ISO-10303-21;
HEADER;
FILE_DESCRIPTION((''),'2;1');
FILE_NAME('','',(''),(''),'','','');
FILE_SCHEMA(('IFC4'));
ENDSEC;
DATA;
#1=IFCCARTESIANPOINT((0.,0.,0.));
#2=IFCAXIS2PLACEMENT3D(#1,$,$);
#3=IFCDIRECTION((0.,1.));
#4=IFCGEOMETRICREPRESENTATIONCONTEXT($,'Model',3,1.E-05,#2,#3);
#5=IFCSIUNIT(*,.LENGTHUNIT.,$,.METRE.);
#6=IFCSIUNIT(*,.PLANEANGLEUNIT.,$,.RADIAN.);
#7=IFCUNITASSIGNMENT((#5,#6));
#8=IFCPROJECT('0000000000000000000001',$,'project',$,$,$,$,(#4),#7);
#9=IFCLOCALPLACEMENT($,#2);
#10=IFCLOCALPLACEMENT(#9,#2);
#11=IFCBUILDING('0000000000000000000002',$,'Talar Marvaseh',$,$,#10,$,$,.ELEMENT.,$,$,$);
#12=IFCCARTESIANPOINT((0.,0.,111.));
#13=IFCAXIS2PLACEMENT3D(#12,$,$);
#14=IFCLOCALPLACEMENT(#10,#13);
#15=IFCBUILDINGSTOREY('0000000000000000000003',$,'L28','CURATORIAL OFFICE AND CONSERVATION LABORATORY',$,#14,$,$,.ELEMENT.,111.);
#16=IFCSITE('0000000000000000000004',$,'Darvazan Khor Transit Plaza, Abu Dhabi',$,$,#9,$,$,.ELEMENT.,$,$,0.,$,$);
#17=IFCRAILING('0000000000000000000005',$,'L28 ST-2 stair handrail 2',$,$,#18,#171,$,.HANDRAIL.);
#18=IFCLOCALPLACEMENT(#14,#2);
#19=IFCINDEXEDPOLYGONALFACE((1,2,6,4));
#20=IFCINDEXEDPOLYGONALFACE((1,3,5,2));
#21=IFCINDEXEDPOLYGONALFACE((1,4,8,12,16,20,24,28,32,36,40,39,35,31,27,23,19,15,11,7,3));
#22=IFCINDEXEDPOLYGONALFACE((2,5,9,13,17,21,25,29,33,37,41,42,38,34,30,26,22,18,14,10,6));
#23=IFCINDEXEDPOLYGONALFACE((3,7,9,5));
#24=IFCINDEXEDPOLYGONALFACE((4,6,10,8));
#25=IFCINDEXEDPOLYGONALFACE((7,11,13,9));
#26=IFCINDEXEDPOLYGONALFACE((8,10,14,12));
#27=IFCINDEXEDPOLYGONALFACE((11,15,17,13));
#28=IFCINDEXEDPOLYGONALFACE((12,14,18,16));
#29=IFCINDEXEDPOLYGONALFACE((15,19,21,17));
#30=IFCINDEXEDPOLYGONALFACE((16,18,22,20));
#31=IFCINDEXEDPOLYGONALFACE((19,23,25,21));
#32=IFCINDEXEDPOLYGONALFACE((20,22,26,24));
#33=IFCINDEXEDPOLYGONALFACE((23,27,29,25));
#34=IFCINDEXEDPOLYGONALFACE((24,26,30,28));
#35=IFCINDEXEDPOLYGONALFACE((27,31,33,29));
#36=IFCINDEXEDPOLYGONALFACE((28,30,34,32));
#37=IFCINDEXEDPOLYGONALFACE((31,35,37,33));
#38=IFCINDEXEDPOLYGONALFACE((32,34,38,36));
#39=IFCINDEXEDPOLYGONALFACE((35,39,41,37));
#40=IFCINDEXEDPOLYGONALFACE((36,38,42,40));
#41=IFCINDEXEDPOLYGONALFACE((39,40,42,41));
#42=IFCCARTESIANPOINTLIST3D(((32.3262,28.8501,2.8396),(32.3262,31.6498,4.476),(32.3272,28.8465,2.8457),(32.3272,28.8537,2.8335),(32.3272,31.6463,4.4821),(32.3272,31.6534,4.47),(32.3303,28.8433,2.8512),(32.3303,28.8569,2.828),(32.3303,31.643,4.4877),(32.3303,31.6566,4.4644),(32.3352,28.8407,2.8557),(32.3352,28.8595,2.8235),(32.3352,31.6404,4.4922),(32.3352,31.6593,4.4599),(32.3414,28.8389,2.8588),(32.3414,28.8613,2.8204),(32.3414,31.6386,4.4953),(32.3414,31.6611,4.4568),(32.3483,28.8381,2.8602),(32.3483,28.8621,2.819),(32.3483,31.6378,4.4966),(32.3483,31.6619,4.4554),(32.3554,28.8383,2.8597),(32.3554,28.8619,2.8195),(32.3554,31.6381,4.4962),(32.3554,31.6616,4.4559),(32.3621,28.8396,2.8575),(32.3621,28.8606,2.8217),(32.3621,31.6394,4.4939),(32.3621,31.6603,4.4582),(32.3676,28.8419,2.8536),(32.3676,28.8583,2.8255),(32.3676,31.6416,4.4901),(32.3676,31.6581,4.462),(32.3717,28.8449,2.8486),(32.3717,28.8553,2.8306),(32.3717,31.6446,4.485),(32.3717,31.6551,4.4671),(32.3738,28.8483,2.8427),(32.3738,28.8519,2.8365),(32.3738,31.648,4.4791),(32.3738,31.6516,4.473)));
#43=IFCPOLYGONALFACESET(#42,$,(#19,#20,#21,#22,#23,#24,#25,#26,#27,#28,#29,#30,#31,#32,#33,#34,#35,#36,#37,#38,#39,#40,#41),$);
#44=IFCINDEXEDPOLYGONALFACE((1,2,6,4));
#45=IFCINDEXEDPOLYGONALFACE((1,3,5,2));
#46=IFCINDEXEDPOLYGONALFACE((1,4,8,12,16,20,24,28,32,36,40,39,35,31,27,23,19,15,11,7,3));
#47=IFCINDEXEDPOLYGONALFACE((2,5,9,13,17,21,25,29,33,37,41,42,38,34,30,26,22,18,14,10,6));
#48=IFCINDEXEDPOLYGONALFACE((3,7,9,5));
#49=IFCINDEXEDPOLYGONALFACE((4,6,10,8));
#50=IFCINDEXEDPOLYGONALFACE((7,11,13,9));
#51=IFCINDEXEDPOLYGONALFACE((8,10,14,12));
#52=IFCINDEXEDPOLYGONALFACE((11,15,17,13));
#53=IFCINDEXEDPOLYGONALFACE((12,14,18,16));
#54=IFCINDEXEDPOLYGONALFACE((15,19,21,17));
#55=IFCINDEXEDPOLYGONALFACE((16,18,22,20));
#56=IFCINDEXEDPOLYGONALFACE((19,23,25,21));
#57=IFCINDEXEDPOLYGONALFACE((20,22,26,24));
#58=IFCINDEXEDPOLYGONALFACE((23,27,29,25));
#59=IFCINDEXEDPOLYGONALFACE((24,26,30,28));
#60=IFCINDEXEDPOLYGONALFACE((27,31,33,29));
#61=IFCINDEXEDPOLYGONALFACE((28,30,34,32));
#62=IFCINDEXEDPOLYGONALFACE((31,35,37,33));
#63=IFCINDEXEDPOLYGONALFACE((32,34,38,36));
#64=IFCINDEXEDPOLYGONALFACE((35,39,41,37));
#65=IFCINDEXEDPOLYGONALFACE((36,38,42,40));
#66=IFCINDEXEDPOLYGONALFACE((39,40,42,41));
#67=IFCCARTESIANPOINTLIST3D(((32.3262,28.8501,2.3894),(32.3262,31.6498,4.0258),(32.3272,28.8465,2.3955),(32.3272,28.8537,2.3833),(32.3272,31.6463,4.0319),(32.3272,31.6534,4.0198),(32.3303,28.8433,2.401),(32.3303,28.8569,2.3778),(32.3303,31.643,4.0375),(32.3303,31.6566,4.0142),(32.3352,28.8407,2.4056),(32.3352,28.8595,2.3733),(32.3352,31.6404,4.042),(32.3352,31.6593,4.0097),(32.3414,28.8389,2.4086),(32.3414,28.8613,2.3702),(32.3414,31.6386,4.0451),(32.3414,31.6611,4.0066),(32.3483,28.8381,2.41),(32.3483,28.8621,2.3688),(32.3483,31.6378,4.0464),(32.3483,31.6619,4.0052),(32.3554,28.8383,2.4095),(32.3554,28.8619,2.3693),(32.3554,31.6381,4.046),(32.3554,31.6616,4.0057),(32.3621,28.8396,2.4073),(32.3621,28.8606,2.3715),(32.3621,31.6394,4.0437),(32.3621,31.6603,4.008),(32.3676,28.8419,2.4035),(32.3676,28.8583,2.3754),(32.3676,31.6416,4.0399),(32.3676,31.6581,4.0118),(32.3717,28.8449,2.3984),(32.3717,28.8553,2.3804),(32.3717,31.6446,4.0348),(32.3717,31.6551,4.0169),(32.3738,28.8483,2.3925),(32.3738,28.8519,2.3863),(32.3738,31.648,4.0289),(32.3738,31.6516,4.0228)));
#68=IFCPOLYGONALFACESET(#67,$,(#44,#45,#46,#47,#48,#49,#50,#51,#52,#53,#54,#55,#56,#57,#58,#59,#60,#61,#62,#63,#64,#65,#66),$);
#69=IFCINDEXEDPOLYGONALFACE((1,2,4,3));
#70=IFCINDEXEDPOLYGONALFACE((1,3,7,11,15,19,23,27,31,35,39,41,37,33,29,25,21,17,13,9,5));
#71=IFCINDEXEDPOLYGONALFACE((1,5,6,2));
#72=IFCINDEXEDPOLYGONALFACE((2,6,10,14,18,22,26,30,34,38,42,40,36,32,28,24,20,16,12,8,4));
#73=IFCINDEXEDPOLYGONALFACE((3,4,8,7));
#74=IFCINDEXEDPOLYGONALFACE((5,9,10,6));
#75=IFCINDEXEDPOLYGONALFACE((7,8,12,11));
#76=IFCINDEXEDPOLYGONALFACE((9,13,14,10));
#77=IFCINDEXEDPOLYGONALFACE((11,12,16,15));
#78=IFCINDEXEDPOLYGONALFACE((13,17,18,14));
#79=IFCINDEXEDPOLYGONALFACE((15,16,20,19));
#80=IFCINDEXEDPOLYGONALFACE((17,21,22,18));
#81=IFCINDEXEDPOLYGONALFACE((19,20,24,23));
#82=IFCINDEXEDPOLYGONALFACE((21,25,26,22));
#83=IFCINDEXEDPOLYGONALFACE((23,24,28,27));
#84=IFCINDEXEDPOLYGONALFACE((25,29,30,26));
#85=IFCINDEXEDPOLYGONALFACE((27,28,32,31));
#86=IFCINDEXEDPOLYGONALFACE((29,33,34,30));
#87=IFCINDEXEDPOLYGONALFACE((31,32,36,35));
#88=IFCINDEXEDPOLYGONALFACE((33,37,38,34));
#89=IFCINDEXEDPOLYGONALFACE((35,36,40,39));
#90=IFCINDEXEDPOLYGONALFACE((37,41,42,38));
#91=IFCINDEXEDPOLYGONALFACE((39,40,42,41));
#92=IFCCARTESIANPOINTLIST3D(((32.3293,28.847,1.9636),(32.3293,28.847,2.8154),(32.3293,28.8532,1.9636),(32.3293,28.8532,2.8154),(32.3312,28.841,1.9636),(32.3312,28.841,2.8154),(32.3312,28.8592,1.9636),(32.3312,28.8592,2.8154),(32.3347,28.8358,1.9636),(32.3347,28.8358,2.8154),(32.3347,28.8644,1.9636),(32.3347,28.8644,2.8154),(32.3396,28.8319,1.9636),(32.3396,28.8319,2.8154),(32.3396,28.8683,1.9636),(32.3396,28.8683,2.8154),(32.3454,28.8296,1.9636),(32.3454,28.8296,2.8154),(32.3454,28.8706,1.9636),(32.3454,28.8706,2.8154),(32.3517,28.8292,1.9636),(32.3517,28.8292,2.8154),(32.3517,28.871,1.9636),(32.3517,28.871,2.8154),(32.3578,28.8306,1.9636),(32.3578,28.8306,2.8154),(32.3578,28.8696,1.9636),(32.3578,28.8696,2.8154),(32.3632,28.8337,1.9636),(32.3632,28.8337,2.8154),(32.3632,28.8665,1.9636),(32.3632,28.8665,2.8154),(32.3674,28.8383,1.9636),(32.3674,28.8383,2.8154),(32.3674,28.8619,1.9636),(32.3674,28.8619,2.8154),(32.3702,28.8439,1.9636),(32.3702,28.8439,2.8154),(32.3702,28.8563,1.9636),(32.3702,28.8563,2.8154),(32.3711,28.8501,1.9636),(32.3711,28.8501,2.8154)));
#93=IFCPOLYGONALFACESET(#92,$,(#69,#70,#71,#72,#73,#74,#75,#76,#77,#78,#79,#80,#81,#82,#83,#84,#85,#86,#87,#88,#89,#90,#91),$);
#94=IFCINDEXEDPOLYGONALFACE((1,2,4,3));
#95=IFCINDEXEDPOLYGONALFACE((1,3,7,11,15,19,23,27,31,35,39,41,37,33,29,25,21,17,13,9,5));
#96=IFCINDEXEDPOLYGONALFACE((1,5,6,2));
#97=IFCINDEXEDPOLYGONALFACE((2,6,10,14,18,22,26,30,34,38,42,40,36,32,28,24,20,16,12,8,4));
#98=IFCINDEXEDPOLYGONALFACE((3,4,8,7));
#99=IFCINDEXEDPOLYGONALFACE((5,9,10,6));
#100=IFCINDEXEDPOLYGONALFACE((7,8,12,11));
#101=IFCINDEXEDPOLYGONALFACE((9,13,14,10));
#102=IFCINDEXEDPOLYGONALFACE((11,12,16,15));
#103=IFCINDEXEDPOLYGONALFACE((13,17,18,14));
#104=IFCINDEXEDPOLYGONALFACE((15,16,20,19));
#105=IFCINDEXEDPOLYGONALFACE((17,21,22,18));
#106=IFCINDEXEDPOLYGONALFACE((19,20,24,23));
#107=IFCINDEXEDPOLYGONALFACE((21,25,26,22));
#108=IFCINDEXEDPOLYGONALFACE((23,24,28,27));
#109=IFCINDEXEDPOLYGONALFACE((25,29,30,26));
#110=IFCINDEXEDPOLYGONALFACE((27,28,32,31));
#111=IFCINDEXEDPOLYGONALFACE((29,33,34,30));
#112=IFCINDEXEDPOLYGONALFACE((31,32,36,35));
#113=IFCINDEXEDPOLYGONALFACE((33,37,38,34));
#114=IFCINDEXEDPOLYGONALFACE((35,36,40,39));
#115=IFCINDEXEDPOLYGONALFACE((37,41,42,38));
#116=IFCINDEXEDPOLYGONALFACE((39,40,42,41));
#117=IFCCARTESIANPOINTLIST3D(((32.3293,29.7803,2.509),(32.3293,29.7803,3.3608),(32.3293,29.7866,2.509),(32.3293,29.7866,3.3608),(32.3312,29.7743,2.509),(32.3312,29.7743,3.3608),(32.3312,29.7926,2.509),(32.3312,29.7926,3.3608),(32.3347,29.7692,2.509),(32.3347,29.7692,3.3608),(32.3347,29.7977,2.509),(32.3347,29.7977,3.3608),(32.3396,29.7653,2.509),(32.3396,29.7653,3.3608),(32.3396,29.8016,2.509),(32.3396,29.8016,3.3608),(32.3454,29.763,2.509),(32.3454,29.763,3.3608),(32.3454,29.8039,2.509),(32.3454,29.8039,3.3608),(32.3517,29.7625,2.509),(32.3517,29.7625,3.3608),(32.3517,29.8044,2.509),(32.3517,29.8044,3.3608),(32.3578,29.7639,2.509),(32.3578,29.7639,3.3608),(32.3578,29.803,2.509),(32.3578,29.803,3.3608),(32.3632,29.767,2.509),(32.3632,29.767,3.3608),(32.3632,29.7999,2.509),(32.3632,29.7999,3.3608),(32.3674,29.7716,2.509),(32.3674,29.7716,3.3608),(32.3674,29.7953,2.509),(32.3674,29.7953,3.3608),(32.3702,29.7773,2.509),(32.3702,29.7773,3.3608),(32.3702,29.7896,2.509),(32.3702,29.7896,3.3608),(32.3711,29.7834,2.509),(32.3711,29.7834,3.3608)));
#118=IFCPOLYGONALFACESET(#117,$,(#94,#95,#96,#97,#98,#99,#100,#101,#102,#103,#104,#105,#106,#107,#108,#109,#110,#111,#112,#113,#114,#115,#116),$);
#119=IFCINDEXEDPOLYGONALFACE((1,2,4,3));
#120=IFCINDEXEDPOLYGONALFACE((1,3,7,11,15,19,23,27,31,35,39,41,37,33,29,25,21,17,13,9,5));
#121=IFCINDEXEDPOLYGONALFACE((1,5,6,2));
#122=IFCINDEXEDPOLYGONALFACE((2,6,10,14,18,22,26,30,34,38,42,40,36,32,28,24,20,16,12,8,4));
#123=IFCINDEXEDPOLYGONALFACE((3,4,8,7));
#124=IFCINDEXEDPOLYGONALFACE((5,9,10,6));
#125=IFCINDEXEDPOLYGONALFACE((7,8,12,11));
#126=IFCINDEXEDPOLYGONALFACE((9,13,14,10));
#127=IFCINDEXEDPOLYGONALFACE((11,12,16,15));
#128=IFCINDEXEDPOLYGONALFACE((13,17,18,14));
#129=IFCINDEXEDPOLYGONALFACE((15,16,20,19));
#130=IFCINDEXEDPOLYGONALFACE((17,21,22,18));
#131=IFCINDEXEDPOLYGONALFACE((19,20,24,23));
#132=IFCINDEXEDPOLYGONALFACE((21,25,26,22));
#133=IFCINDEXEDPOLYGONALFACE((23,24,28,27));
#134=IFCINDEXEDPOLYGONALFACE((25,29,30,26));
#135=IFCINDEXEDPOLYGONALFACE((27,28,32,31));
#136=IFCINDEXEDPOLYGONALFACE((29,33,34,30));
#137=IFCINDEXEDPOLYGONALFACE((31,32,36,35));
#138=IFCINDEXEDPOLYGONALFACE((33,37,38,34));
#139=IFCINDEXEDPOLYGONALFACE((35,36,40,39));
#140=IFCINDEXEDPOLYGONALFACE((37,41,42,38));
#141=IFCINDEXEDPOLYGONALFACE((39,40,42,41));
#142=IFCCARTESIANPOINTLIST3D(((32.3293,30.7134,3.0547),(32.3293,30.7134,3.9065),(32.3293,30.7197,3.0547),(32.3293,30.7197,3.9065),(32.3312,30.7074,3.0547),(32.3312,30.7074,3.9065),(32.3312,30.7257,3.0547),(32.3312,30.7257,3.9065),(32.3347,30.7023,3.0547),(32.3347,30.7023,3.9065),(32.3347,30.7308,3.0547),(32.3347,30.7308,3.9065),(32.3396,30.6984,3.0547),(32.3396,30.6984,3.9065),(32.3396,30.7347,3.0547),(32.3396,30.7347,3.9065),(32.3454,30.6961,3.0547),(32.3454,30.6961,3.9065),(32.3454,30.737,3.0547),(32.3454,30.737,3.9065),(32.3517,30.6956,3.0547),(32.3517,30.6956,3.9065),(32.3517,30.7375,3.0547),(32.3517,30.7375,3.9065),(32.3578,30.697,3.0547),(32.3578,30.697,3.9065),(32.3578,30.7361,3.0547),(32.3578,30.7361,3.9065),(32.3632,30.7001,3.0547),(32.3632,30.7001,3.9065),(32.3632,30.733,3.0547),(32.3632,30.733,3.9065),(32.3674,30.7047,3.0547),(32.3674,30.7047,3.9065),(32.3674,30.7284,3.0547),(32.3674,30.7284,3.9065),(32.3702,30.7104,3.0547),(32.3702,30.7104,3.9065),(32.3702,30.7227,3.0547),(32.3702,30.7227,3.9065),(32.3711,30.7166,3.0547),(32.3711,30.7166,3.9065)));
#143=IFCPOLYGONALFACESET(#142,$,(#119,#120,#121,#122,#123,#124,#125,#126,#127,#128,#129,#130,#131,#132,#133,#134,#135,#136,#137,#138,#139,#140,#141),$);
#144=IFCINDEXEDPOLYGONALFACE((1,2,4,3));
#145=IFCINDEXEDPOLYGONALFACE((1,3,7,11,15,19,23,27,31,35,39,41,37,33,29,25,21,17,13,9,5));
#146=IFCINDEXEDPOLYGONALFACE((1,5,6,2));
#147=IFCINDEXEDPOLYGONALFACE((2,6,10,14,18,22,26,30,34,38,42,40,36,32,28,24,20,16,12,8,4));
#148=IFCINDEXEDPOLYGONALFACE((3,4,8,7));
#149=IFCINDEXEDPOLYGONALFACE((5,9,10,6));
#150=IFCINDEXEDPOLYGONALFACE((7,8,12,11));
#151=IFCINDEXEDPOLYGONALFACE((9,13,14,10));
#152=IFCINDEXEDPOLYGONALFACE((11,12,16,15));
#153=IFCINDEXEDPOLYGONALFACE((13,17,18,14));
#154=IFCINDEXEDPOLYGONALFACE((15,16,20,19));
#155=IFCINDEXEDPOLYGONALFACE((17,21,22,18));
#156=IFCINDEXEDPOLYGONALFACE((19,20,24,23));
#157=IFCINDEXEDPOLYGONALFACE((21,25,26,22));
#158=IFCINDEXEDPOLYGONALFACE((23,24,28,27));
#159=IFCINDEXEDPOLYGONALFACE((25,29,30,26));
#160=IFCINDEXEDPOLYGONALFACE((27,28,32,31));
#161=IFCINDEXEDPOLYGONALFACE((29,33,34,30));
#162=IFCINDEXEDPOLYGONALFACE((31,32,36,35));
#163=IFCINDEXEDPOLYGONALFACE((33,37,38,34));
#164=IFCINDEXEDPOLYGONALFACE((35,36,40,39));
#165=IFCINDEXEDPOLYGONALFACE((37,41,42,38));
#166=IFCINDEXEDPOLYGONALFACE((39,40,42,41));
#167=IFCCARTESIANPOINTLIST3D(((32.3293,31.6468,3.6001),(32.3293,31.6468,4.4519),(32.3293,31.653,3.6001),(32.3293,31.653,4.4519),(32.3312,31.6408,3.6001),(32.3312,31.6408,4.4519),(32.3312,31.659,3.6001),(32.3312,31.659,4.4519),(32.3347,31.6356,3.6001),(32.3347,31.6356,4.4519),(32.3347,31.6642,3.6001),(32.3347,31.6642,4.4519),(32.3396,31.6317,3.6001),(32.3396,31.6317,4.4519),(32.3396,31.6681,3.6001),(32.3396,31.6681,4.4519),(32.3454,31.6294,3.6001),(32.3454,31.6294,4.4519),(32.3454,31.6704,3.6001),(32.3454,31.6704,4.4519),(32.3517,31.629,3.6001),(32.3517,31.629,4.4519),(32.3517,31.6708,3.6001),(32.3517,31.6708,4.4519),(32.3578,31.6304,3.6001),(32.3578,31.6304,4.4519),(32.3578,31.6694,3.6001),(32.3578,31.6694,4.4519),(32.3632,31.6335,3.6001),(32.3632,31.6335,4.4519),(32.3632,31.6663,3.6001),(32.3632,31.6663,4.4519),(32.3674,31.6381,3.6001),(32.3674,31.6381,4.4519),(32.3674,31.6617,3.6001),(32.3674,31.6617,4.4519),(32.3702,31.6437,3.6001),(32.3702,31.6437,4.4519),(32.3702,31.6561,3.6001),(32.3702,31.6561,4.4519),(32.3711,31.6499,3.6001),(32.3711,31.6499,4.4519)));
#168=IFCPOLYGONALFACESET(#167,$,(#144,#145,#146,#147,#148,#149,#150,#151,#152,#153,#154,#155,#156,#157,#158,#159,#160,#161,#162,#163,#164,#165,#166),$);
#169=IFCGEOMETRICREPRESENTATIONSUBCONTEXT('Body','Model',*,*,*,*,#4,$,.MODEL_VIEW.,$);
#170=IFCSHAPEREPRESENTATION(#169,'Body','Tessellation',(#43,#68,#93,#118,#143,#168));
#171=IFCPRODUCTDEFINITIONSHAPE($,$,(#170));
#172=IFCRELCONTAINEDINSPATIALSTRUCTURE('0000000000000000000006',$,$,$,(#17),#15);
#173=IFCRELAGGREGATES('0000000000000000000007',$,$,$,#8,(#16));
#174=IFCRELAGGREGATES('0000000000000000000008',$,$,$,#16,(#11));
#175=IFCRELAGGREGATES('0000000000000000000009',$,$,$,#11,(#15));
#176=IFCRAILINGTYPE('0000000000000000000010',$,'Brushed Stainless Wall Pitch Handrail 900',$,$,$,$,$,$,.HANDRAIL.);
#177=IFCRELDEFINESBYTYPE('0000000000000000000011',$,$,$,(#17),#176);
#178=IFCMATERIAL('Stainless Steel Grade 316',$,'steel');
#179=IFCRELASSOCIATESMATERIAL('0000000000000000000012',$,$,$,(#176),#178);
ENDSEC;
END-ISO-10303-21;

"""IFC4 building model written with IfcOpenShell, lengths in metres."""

from ifc_helpers import new_model, si_unit, direction, frame, origin, origin_2d, place, context, subcontext, project, spatial, circle, extrude, material, type_object, element, save


model = new_model("IFC4")

# Units and contexts
model_context = context("Model", 3, precision=1e-05, world=origin(), true_north=direction((0.0, 1.0)))
body_context = subcontext(model_context, "Body", "Model", "MODEL_VIEW")
ifc_project = project(units=[si_unit("LENGTHUNIT", "METRE"), si_unit("PLANEANGLEUNIT", "RADIAN")], contexts=[model_context])

# Site, building, storey
site_placement = place(None, origin())
site = spatial("IfcSite", under=ifc_project, at=site_placement, Name="Darvazan Khor Transit Plaza, Abu Dhabi", CompositionType="ELEMENT", RefElevation=0.0)
building_placement = place(site_placement, origin())
building = spatial("IfcBuilding", under=site, at=building_placement, Name="Talar Marvaseh", CompositionType="ELEMENT")
storey_placement = place(building_placement, frame((0.0, 0.0, 111.0)))
storey = spatial("IfcBuildingStorey", under=building, at=storey_placement, Name="L28", Description="CURATORIAL OFFICE AND CONSERVATION LABORATORY", CompositionType="ELEMENT", Elevation=111.0)

# Railing
ifc_material_1 = material(Name="Stainless Steel Grade 316", Category="steel")
railing_type = type_object("IfcRailingType", Name="Brushed Stainless Wall Pitch Handrail 900", PredefinedType="HANDRAIL", material=ifc_material_1)
railing_placement = place(storey_placement, frame((32.3501, 28.8501, 1.9636)))
element("IfcRailing", 1, at=railing_placement, inside=storey, type_object=railing_type, Name="L28 ST-2 stair handrail 2", PredefinedType="HANDRAIL", context=body_context, shape_type="SweptSolid", body=[
    extrude(circle(Radius=0.0239, at=origin_2d()), frame((0.0, 0.0, 0.876), z_axis=(0.0, 0.863342, 0.50462), x_axis=(-1.0, 0.0, 0.0)), (0.0, 0.0, 1.0), 3.2429),
    extrude(circle(Radius=0.0239, at=origin_2d()), frame((0.0, 0.0, 0.4258), z_axis=(0.0, 0.863342, 0.50462), x_axis=(-1.0, 0.0, 0.0)), (0.0, 0.0, 1.0), 3.2429),
    extrude(circle(Radius=0.021, at=origin_2d()), origin(), (0.0, 0.0, 1.0), 0.8518),
    extrude(circle(Radius=0.021, at=origin_2d()), frame((0.0, 0.9333, 0.5454)), (0.0, 0.0, 1.0), 0.8518),
    extrude(circle(Radius=0.021, at=origin_2d()), frame((0.0, 1.8665, 1.0911)), (0.0, 0.0, 1.0), 0.8518),
    extrude(circle(Radius=0.021, at=origin_2d()), frame((0.0, 2.7998, 1.6365)), (0.0, 0.0, 1.0), 0.8518),
])

save(model, "model.ifc")
